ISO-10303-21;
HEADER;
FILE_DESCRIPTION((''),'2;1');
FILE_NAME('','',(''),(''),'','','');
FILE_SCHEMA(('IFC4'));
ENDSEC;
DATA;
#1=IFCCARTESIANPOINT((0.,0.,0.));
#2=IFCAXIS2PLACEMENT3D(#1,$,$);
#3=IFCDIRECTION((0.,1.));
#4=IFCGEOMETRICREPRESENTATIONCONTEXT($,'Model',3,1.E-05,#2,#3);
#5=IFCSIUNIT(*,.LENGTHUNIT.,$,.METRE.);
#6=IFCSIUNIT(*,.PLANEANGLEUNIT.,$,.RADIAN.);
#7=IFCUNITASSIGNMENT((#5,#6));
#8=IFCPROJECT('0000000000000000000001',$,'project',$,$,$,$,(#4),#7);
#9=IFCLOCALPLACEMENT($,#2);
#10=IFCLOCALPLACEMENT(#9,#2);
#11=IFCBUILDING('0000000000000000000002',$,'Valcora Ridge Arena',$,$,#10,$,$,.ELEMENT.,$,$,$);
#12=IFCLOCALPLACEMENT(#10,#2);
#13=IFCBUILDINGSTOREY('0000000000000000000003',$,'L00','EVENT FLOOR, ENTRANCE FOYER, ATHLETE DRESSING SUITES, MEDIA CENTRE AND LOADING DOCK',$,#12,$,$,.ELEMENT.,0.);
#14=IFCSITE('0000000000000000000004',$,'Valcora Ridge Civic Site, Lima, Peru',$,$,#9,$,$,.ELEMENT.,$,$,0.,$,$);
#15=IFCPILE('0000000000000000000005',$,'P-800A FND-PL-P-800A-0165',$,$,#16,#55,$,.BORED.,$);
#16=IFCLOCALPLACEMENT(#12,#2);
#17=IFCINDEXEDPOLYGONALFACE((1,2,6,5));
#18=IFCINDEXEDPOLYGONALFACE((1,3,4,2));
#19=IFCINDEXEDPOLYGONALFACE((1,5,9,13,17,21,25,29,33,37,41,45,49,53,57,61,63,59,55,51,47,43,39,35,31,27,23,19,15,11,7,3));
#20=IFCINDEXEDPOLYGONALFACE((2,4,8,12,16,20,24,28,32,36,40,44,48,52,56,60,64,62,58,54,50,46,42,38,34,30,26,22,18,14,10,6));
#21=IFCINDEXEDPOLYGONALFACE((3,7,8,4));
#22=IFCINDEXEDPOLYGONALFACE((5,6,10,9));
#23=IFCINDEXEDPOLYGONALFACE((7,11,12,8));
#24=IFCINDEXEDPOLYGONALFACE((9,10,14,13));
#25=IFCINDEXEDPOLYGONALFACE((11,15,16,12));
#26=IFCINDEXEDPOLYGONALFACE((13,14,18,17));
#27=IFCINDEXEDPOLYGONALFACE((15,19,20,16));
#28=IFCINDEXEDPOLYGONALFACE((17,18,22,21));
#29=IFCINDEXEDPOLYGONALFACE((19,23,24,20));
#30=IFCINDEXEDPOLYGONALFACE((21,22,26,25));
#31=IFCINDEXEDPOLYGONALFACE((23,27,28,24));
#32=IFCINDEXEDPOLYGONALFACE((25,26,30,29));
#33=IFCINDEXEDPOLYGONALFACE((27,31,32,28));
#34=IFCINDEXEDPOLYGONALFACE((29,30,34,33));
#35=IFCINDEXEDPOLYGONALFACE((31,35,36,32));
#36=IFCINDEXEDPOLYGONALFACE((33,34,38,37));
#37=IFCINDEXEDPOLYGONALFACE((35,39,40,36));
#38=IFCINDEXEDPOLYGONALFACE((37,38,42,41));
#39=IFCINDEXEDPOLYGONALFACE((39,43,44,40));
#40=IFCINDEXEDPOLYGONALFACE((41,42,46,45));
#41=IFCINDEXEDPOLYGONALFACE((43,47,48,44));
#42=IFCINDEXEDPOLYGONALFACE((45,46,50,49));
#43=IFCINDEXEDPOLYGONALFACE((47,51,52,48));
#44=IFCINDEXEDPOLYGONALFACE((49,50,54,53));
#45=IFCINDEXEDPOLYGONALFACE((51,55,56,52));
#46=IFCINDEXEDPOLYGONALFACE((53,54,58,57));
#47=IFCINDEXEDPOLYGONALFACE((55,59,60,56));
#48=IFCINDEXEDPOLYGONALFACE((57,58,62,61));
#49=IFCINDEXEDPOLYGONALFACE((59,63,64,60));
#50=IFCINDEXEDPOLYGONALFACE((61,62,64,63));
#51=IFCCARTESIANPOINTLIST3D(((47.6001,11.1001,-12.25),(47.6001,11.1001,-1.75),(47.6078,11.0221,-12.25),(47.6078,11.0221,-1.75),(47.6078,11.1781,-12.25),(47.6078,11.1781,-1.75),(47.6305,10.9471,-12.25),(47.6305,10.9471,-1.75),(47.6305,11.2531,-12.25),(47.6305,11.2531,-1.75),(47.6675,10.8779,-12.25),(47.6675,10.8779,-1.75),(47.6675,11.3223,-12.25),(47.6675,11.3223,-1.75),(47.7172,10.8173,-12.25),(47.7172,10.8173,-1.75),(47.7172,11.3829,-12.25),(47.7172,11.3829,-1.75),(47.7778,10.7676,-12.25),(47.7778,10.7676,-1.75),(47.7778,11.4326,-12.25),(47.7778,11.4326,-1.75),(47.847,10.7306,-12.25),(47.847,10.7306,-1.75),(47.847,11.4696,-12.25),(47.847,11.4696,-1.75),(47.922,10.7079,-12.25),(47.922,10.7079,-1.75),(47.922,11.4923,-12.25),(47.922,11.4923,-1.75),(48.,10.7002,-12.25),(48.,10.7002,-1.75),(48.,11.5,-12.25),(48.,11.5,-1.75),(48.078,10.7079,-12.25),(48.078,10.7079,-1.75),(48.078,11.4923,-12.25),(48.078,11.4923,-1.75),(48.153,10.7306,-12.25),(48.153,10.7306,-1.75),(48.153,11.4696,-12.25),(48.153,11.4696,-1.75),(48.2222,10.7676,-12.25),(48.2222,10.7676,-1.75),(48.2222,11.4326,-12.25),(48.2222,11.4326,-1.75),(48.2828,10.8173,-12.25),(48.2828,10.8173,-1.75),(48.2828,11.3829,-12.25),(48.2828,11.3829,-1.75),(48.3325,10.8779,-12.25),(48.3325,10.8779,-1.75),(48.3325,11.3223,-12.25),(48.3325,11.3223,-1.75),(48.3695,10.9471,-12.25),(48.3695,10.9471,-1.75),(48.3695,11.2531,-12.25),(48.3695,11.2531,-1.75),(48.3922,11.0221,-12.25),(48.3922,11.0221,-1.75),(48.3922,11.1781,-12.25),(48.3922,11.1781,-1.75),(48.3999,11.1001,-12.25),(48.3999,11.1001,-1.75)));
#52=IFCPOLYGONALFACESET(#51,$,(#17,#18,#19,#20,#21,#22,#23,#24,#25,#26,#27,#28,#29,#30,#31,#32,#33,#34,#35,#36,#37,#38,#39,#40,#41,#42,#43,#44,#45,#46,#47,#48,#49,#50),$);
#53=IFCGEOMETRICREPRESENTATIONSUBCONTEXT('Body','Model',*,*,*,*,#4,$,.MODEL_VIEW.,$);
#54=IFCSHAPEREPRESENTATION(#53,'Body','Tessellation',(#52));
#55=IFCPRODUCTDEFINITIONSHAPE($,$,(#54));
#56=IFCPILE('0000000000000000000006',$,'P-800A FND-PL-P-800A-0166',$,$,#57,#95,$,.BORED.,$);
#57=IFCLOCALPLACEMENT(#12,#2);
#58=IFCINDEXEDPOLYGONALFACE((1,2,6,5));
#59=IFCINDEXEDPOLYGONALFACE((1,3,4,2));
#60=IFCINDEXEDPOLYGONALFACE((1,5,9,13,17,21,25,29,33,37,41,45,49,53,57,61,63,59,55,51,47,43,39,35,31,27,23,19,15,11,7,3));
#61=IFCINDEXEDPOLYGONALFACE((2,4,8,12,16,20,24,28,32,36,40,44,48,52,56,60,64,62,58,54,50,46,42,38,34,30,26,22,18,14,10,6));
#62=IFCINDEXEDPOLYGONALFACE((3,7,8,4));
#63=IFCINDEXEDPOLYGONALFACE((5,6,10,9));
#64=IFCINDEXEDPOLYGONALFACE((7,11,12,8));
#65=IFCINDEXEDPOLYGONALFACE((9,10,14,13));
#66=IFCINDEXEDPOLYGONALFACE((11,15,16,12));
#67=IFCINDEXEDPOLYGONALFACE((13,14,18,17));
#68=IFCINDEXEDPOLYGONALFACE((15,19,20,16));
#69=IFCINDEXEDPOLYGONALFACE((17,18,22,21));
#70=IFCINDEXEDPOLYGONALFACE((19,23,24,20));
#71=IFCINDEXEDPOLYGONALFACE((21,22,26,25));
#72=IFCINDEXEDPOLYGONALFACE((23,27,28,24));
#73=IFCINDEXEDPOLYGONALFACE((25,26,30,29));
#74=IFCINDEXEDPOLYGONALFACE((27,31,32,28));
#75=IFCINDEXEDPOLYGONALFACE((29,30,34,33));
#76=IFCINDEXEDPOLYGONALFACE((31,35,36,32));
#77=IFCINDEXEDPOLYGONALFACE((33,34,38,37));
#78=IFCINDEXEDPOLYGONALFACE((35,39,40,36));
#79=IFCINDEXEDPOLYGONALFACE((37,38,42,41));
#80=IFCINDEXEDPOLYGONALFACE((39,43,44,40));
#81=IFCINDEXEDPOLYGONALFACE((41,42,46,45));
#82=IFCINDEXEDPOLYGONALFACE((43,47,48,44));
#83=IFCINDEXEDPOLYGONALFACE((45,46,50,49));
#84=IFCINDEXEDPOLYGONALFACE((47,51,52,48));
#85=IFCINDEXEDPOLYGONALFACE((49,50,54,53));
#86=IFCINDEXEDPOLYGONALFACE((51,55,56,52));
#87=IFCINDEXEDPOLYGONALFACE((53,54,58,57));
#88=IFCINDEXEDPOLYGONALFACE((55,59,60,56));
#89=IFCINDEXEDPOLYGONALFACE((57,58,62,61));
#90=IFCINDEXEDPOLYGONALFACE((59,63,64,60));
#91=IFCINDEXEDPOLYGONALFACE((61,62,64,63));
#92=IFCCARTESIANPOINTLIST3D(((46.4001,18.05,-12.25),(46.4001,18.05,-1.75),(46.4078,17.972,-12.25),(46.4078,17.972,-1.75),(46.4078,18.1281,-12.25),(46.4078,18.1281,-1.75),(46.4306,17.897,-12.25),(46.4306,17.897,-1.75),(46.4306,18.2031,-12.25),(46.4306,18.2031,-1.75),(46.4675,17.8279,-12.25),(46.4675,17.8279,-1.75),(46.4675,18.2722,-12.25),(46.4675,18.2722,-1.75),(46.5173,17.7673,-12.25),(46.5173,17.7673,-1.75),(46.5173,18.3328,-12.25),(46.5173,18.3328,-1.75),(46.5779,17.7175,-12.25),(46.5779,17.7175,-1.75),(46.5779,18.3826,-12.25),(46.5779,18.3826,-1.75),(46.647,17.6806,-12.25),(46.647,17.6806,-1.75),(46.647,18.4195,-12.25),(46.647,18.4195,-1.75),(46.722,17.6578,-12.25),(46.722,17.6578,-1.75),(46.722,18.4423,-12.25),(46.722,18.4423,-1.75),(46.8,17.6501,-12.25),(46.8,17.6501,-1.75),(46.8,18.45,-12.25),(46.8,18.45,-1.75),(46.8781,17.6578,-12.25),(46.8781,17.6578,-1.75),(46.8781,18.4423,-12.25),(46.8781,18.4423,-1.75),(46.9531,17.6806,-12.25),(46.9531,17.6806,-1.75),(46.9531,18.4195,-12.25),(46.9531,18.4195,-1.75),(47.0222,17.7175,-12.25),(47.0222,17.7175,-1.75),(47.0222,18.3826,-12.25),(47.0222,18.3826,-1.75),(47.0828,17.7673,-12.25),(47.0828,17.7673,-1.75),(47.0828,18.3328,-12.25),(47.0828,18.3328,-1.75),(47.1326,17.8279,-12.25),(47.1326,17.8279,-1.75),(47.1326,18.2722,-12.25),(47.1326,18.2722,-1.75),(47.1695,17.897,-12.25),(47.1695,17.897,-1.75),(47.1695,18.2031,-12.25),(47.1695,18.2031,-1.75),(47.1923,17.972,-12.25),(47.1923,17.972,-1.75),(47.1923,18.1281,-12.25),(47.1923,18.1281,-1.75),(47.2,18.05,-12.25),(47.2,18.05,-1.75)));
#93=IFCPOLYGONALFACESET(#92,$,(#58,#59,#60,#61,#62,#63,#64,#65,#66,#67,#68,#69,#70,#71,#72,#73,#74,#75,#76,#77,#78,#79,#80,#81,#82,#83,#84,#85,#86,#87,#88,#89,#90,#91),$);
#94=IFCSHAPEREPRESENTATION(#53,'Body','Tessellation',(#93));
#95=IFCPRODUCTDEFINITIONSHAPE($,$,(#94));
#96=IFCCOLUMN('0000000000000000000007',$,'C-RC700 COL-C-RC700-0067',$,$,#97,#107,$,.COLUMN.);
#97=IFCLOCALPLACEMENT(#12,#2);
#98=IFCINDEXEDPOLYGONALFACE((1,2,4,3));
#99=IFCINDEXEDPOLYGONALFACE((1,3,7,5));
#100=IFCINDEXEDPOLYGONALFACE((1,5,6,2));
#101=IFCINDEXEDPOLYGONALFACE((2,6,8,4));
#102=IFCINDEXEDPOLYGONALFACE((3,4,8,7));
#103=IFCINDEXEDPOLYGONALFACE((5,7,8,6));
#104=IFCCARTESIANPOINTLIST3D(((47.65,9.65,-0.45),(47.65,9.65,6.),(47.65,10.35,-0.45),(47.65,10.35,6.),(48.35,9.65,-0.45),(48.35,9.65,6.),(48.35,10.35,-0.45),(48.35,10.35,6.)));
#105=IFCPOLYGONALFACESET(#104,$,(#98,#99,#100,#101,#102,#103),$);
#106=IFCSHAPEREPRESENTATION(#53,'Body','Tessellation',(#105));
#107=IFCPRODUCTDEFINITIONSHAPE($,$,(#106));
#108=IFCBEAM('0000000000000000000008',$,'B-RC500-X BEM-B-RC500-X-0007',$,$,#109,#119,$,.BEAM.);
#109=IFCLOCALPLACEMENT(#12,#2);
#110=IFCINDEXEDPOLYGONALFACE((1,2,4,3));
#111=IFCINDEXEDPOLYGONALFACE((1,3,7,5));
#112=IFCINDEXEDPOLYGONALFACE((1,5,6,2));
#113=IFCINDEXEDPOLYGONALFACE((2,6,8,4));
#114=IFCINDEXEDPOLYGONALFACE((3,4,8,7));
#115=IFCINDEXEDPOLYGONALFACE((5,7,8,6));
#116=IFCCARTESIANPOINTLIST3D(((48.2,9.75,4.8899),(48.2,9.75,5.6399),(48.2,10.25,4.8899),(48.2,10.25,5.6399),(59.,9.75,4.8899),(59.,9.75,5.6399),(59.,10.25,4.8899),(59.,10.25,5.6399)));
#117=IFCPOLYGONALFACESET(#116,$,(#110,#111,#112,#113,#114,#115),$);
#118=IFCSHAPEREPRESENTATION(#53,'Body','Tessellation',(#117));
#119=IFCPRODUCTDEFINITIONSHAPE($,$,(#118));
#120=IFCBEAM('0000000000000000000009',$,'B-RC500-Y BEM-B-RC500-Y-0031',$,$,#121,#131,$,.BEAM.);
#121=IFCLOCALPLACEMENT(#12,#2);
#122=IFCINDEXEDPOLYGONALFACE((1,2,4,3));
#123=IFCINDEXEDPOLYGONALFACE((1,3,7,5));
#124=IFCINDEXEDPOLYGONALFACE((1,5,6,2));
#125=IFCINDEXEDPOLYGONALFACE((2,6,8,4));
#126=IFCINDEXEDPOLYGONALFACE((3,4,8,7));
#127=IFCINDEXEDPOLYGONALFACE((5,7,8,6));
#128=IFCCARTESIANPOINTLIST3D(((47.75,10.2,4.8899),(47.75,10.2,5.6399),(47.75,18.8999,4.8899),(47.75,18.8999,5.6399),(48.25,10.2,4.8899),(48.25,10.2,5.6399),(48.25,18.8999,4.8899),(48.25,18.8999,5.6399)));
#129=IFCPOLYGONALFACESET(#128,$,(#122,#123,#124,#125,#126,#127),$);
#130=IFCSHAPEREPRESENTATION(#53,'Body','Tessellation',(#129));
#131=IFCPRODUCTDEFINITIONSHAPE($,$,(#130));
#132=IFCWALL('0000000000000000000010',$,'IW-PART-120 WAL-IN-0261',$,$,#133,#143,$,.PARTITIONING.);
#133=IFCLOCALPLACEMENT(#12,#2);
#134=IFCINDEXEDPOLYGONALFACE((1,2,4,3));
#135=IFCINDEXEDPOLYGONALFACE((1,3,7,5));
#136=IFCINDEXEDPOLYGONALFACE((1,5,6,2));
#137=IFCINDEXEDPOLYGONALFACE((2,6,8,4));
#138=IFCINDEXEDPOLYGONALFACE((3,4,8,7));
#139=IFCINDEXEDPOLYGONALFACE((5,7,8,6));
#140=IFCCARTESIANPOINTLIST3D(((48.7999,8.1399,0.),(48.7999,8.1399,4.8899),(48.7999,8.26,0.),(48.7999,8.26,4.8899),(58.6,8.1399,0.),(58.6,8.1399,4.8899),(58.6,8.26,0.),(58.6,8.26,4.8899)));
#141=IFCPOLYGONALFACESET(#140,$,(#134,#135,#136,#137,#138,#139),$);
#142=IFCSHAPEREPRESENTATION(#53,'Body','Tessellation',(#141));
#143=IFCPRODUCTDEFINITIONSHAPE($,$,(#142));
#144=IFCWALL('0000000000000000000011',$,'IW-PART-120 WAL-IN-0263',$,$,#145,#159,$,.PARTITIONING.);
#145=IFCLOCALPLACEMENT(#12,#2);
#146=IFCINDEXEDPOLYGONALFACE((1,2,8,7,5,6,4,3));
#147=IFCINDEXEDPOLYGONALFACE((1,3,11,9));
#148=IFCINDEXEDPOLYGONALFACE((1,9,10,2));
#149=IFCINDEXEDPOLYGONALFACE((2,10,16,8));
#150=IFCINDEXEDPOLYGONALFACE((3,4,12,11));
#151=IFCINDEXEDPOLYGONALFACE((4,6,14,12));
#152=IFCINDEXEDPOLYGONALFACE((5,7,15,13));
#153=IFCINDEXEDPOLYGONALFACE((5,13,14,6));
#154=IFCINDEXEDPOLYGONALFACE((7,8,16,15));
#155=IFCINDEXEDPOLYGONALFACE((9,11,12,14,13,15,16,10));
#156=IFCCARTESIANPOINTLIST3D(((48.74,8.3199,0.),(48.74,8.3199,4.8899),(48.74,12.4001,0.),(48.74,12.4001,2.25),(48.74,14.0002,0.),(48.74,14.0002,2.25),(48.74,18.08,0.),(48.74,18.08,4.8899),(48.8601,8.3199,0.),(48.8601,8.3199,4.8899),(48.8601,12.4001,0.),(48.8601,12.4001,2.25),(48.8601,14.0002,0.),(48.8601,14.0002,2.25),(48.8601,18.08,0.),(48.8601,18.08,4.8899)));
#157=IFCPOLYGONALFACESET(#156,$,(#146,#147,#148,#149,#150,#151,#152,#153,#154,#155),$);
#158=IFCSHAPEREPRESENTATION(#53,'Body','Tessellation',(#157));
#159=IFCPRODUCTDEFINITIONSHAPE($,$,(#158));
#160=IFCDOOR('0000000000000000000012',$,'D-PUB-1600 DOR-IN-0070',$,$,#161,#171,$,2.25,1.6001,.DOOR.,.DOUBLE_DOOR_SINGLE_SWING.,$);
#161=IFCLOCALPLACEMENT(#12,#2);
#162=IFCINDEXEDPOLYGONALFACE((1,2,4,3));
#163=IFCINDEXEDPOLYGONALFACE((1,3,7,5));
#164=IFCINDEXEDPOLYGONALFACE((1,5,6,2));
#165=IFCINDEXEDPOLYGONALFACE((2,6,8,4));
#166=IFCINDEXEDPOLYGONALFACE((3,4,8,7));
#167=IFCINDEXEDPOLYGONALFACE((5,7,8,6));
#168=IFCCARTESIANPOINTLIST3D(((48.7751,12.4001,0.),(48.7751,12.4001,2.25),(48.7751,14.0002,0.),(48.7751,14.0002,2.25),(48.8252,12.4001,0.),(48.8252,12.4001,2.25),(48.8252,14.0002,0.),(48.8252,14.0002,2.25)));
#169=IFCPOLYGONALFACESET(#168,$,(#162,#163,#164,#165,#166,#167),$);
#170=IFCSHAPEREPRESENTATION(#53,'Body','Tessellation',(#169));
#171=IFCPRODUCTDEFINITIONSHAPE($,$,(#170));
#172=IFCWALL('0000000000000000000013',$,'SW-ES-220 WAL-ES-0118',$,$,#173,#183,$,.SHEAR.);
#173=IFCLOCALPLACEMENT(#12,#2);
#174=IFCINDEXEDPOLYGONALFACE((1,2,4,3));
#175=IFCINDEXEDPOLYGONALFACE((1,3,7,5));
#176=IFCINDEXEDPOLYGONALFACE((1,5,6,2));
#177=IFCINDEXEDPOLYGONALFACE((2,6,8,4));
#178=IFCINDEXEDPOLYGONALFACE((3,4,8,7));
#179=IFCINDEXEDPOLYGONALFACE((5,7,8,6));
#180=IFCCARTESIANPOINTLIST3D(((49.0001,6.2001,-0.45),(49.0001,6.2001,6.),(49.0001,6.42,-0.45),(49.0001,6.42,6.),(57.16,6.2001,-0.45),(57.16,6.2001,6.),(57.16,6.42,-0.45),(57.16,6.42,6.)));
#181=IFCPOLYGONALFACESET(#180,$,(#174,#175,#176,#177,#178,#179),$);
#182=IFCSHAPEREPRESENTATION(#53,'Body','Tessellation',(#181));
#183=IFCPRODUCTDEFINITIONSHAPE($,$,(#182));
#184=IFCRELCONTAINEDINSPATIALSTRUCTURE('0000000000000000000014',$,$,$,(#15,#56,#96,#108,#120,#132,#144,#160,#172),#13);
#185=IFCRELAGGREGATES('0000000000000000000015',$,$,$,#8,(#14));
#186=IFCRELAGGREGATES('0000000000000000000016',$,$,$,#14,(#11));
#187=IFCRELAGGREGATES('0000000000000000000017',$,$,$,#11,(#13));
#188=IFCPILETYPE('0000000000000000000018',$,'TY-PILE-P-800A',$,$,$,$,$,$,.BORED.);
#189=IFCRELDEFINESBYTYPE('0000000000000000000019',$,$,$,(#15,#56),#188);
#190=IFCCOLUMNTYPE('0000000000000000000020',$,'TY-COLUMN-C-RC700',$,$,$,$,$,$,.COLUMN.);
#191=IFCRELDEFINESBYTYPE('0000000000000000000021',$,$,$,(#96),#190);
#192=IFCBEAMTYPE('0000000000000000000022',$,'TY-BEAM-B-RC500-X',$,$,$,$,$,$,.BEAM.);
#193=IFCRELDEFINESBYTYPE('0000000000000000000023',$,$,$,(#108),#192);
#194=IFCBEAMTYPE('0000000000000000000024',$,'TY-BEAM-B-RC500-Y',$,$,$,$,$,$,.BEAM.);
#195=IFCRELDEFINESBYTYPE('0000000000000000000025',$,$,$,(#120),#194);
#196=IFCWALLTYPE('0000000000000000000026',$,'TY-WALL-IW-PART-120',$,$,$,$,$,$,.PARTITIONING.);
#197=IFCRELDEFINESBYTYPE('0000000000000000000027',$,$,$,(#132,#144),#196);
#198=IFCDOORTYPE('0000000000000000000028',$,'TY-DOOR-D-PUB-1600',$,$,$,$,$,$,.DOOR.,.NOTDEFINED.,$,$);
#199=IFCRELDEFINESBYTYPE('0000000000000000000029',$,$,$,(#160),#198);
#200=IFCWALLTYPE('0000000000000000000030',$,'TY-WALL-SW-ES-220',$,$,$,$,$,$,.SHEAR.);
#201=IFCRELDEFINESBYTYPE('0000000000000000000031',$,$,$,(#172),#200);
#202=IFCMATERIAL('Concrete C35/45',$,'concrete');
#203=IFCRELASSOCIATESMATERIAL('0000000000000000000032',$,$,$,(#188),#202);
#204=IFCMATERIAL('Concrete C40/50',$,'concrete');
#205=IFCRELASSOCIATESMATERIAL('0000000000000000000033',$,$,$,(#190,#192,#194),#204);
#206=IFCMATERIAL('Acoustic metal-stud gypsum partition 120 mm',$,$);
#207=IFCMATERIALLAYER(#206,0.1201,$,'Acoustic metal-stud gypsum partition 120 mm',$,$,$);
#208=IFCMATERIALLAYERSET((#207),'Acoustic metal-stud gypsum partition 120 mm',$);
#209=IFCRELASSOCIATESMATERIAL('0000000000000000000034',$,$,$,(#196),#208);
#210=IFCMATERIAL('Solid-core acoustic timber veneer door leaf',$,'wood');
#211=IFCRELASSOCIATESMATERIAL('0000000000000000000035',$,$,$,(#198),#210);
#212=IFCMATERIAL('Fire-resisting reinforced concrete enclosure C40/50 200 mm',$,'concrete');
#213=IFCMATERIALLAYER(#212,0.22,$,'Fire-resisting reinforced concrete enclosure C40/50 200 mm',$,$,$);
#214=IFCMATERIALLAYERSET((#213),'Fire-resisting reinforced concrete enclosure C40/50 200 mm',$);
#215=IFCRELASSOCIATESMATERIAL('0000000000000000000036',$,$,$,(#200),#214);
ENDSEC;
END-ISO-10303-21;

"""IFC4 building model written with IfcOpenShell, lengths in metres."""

from ifc_helpers import new_model, si_unit, direction, frame, frame_2d, origin, origin_2d, place, context, subcontext, project, spatial, rectangle, circle, extrude, material, layer, layer_set, material_profile, profile_set, type_object, element, fill, save


model = new_model("IFC4")

# Units and contexts
model_context = context("Model", 3, precision=1e-05, world=origin(), true_north=direction((0.0, 1.0)))
body_context = subcontext(model_context, "Body", "Model", "MODEL_VIEW")
ifc_project = project(units=[si_unit("LENGTHUNIT", "METRE"), si_unit("PLANEANGLEUNIT", "RADIAN")], contexts=[model_context])

# Site, building, storey
site_placement = place(None, origin())
site = spatial("IfcSite", under=ifc_project, at=site_placement, Name="Valcora Ridge Civic Site, Lima, Peru", CompositionType="ELEMENT", RefElevation=0.0)
building_placement = place(site_placement, origin())
building = spatial("IfcBuilding", under=site, at=building_placement, Name="Valcora Ridge Arena", CompositionType="ELEMENT")
storey_placement = place(building_placement, origin())
storey = spatial("IfcBuildingStorey", under=building, at=storey_placement, Name="L00", Description="EVENT FLOOR, ENTRANCE FOYER, ATHLETE DRESSING SUITES, MEDIA CENTRE AND LOADING DOCK", CompositionType="ELEMENT", Elevation=0.0)

# Shared definitions
ifc_material_1 = material(Name="Concrete C40/50", Category="concrete")
ifc_material_2 = material(Name="Fire-resisting reinforced concrete enclosure C40/50 200 mm", Category="concrete")

# Piles
ifc_material_3 = material(Name="Concrete C35/45", Category="concrete")
ifc_material_profile_1 = material_profile(ifc_material_3, circle(Radius=0.3999, at=origin_2d()), Name="BORED PILE D800")
ifc_profile_set_1 = profile_set([ifc_material_profile_1], Name="Concrete C35/45")
pile_type = type_object("IfcPileType", Name="TY-PILE-P-800A", PredefinedType="BORED", material=ifc_profile_set_1)
for number, where, z_axis, x_axis, name in (
    (1, (48.0, 11.1001, -1.75), (0.0, 0.0, -1.0), (1.0, 0.0, 0.0), "P-800A FND-PL-P-800A-0165"),
    (2, (46.8, 18.05, -1.75), (0.0, 0.0, -1.0), (1.0, 0.0, 0.0), "P-800A FND-PL-P-800A-0166"),
):
    element("IfcPile", number, at=place(storey_placement, frame(where, z_axis=z_axis, x_axis=x_axis)), inside=storey, type_object=pile_type, Name=name, PredefinedType="BORED", context=body_context, shape_type="SweptSolid", body=[
        extrude(circle(Radius=0.3999, at=origin_2d()), origin(), (0.0, 0.0, 1.0), 10.5),
    ])

# Column
ifc_material_profile_2 = material_profile(ifc_material_1, rectangle(XDim=0.7, YDim=0.7, at=origin_2d()), Name="RC 700x700")
ifc_profile_set_2 = profile_set([ifc_material_profile_2], Name="Concrete C40/50")
column_type = type_object("IfcColumnType", Name="TY-COLUMN-C-RC700", PredefinedType="COLUMN", material=ifc_profile_set_2)
column_placement = place(storey_placement, frame((48.0, 10.0, -0.45), z_axis=(0.0, 0.0, 1.0), x_axis=(1.0, 0.0, 0.0)))
element("IfcColumn", 3, at=column_placement, inside=storey, type_object=column_type, Name="C-RC700 COL-C-RC700-0067", PredefinedType="COLUMN", context=body_context, shape_type="SweptSolid", body=[
    extrude(rectangle(XDim=0.7, YDim=0.7, at=origin_2d()), origin(), (0.0, 0.0, 1.0), 6.45),
])

# Beams
ifc_material_profile_3 = material_profile(ifc_material_1, rectangle(XDim=0.5, YDim=0.75, at=origin_2d()), Name="RC 500x750")
ifc_profile_set_3 = profile_set([ifc_material_profile_3], Name="Concrete C40/50")
beam_type_1 = type_object("IfcBeamType", Name="TY-BEAM-B-RC500-X", PredefinedType="BEAM", material=ifc_profile_set_3)
beam_1_placement = place(storey_placement, frame((48.2, 10.0, 5.2649), z_axis=(1.0, 0.0, 0.0), x_axis=(0.0, 1.0, 0.0)))
element("IfcBeam", 4, at=beam_1_placement, inside=storey, type_object=beam_type_1, Name="B-RC500-X BEM-B-RC500-X-0007", PredefinedType="BEAM", context=body_context, shape_type="SweptSolid", body=[
    extrude(rectangle(XDim=0.5, YDim=0.75, at=origin_2d()), origin(), (0.0, 0.0, 1.0), 10.8),
])
ifc_material_profile_4 = material_profile(ifc_material_1, rectangle(XDim=0.5, YDim=0.75, at=origin_2d()), Name="RC 500x750")
ifc_profile_set_4 = profile_set([ifc_material_profile_4], Name="Concrete C40/50")
beam_type_2 = type_object("IfcBeamType", Name="TY-BEAM-B-RC500-Y", PredefinedType="BEAM", material=ifc_profile_set_4)
beam_2_placement = place(storey_placement, frame((48.0, 10.2, 5.2649), z_axis=(0.0, 1.0, 0.0), x_axis=(-1.0, 0.0, 0.0)))
element("IfcBeam", 5, at=beam_2_placement, inside=storey, type_object=beam_type_2, Name="B-RC500-Y BEM-B-RC500-Y-0031", PredefinedType="BEAM", context=body_context, shape_type="SweptSolid", body=[
    extrude(rectangle(XDim=0.5, YDim=0.75, at=origin_2d()), origin(), (0.0, 0.0, 1.0), 8.7),
])

# Wall
ifc_material_4 = material(Name="Acoustic metal-stud gypsum partition 120 mm")
ifc_layer_1 = layer(ifc_material_4, 0.1201, Name="Acoustic metal-stud gypsum partition 120 mm")
ifc_layer_set_1 = layer_set([ifc_layer_1], Name="Acoustic metal-stud gypsum partition 120 mm")
wall_type_1 = type_object("IfcWallType", Name="TY-WALL-IW-PART-120", PredefinedType="PARTITIONING", material=ifc_layer_set_1)
wall_1_placement = place(storey_placement, frame((48.8, 8.2, 0.0), z_axis=(0.0, 0.0, 1.0), x_axis=(1.0, 0.0, 0.0)))
element("IfcWall", 6, at=wall_1_placement, inside=storey, type_object=wall_type_1, Name="IW-PART-120 WAL-IN-0261", PredefinedType="PARTITIONING", context=body_context, shape_type="SweptSolid", body=[
    extrude(rectangle(XDim=9.8, YDim=0.1201, at=frame_2d((4.8999, 0.0))), origin(), (0.0, 0.0, 1.0), 4.8899),
])

# Wall, opening, door
wall_2_placement = place(storey_placement, frame((48.8, 8.3201, 0.0), z_axis=(0.0, 0.0, 1.0), x_axis=(0.0, 1.0, 0.0)))
wall_2 = element("IfcWall", 7, at=wall_2_placement, inside=storey, type_object=wall_type_1, Name="IW-PART-120 WAL-IN-0263", PredefinedType="PARTITIONING", context=body_context, shape_type="SweptSolid", body=[
    extrude(rectangle(XDim=9.76, YDim=0.1201, at=frame_2d((4.8799, 0.0))), origin(), (0.0, 0.0, 1.0), 4.8899),
])
opening_placement = place(wall_2_placement, frame((4.0801, 0.0, 0.0)))
opening = element("IfcOpeningElement", 8, at=opening_placement, cuts=wall_2, PredefinedType="OPENING", context=body_context, shape_type="SweptSolid", body=[
    extrude(rectangle(XDim=1.6001, YDim=2.25, at=frame_2d((0.8, 1.125))), frame((0.0, 0.0701, 0.0), z_axis=(0.0, -1.0, 0.0), x_axis=(1.0, 0.0, 0.0)), (0.0, 0.0, 1.0), 0.1401),
])
ifc_material_5 = material(Name="Solid-core acoustic timber veneer door leaf", Category="wood")
door_type = type_object("IfcDoorType", Name="TY-DOOR-D-PUB-1600", OperationType="NOTDEFINED", PredefinedType="DOOR", material=ifc_material_5)
door_placement = place(opening_placement, origin())
door = element("IfcDoor", 9, at=door_placement, inside=storey, type_object=door_type, Name="D-PUB-1600 DOR-IN-0070", OperationType="DOUBLE_DOOR_SINGLE_SWING", OverallHeight=2.25, OverallWidth=1.6001, PredefinedType="DOOR", context=body_context, shape_type="SweptSolid", body=[
    extrude(rectangle(XDim=1.6001, YDim=2.25, at=frame_2d((0.8, 1.125))), frame((0.0, 0.0249, 0.0), z_axis=(0.0, -1.0, 0.0), x_axis=(1.0, 0.0, 0.0)), (0.0, 0.0, 1.0), 0.05),
])
fill(opening, door)

# Wall
ifc_layer_2 = layer(ifc_material_2, 0.22, Name="Fire-resisting reinforced concrete enclosure C40/50 200 mm")
ifc_layer_set_2 = layer_set([ifc_layer_2], Name="Fire-resisting reinforced concrete enclosure C40/50 200 mm")
wall_type_2 = type_object("IfcWallType", Name="TY-WALL-SW-ES-220", PredefinedType="SHEAR", material=ifc_layer_set_2)
wall_3_placement = place(storey_placement, frame((49.0, 6.3101, -0.45), z_axis=(0.0, 0.0, 1.0), x_axis=(1.0, 0.0, 0.0)))
element("IfcWall", 10, at=wall_3_placement, inside=storey, type_object=wall_type_2, Name="SW-ES-220 WAL-ES-0118", PredefinedType="SHEAR", context=body_context, shape_type="SweptSolid", body=[
    extrude(rectangle(XDim=8.1599, YDim=0.22, at=frame_2d((4.0801, 0.0))), origin(), (0.0, 0.0, 1.0), 6.45),
])

save(model, "model.ifc")
